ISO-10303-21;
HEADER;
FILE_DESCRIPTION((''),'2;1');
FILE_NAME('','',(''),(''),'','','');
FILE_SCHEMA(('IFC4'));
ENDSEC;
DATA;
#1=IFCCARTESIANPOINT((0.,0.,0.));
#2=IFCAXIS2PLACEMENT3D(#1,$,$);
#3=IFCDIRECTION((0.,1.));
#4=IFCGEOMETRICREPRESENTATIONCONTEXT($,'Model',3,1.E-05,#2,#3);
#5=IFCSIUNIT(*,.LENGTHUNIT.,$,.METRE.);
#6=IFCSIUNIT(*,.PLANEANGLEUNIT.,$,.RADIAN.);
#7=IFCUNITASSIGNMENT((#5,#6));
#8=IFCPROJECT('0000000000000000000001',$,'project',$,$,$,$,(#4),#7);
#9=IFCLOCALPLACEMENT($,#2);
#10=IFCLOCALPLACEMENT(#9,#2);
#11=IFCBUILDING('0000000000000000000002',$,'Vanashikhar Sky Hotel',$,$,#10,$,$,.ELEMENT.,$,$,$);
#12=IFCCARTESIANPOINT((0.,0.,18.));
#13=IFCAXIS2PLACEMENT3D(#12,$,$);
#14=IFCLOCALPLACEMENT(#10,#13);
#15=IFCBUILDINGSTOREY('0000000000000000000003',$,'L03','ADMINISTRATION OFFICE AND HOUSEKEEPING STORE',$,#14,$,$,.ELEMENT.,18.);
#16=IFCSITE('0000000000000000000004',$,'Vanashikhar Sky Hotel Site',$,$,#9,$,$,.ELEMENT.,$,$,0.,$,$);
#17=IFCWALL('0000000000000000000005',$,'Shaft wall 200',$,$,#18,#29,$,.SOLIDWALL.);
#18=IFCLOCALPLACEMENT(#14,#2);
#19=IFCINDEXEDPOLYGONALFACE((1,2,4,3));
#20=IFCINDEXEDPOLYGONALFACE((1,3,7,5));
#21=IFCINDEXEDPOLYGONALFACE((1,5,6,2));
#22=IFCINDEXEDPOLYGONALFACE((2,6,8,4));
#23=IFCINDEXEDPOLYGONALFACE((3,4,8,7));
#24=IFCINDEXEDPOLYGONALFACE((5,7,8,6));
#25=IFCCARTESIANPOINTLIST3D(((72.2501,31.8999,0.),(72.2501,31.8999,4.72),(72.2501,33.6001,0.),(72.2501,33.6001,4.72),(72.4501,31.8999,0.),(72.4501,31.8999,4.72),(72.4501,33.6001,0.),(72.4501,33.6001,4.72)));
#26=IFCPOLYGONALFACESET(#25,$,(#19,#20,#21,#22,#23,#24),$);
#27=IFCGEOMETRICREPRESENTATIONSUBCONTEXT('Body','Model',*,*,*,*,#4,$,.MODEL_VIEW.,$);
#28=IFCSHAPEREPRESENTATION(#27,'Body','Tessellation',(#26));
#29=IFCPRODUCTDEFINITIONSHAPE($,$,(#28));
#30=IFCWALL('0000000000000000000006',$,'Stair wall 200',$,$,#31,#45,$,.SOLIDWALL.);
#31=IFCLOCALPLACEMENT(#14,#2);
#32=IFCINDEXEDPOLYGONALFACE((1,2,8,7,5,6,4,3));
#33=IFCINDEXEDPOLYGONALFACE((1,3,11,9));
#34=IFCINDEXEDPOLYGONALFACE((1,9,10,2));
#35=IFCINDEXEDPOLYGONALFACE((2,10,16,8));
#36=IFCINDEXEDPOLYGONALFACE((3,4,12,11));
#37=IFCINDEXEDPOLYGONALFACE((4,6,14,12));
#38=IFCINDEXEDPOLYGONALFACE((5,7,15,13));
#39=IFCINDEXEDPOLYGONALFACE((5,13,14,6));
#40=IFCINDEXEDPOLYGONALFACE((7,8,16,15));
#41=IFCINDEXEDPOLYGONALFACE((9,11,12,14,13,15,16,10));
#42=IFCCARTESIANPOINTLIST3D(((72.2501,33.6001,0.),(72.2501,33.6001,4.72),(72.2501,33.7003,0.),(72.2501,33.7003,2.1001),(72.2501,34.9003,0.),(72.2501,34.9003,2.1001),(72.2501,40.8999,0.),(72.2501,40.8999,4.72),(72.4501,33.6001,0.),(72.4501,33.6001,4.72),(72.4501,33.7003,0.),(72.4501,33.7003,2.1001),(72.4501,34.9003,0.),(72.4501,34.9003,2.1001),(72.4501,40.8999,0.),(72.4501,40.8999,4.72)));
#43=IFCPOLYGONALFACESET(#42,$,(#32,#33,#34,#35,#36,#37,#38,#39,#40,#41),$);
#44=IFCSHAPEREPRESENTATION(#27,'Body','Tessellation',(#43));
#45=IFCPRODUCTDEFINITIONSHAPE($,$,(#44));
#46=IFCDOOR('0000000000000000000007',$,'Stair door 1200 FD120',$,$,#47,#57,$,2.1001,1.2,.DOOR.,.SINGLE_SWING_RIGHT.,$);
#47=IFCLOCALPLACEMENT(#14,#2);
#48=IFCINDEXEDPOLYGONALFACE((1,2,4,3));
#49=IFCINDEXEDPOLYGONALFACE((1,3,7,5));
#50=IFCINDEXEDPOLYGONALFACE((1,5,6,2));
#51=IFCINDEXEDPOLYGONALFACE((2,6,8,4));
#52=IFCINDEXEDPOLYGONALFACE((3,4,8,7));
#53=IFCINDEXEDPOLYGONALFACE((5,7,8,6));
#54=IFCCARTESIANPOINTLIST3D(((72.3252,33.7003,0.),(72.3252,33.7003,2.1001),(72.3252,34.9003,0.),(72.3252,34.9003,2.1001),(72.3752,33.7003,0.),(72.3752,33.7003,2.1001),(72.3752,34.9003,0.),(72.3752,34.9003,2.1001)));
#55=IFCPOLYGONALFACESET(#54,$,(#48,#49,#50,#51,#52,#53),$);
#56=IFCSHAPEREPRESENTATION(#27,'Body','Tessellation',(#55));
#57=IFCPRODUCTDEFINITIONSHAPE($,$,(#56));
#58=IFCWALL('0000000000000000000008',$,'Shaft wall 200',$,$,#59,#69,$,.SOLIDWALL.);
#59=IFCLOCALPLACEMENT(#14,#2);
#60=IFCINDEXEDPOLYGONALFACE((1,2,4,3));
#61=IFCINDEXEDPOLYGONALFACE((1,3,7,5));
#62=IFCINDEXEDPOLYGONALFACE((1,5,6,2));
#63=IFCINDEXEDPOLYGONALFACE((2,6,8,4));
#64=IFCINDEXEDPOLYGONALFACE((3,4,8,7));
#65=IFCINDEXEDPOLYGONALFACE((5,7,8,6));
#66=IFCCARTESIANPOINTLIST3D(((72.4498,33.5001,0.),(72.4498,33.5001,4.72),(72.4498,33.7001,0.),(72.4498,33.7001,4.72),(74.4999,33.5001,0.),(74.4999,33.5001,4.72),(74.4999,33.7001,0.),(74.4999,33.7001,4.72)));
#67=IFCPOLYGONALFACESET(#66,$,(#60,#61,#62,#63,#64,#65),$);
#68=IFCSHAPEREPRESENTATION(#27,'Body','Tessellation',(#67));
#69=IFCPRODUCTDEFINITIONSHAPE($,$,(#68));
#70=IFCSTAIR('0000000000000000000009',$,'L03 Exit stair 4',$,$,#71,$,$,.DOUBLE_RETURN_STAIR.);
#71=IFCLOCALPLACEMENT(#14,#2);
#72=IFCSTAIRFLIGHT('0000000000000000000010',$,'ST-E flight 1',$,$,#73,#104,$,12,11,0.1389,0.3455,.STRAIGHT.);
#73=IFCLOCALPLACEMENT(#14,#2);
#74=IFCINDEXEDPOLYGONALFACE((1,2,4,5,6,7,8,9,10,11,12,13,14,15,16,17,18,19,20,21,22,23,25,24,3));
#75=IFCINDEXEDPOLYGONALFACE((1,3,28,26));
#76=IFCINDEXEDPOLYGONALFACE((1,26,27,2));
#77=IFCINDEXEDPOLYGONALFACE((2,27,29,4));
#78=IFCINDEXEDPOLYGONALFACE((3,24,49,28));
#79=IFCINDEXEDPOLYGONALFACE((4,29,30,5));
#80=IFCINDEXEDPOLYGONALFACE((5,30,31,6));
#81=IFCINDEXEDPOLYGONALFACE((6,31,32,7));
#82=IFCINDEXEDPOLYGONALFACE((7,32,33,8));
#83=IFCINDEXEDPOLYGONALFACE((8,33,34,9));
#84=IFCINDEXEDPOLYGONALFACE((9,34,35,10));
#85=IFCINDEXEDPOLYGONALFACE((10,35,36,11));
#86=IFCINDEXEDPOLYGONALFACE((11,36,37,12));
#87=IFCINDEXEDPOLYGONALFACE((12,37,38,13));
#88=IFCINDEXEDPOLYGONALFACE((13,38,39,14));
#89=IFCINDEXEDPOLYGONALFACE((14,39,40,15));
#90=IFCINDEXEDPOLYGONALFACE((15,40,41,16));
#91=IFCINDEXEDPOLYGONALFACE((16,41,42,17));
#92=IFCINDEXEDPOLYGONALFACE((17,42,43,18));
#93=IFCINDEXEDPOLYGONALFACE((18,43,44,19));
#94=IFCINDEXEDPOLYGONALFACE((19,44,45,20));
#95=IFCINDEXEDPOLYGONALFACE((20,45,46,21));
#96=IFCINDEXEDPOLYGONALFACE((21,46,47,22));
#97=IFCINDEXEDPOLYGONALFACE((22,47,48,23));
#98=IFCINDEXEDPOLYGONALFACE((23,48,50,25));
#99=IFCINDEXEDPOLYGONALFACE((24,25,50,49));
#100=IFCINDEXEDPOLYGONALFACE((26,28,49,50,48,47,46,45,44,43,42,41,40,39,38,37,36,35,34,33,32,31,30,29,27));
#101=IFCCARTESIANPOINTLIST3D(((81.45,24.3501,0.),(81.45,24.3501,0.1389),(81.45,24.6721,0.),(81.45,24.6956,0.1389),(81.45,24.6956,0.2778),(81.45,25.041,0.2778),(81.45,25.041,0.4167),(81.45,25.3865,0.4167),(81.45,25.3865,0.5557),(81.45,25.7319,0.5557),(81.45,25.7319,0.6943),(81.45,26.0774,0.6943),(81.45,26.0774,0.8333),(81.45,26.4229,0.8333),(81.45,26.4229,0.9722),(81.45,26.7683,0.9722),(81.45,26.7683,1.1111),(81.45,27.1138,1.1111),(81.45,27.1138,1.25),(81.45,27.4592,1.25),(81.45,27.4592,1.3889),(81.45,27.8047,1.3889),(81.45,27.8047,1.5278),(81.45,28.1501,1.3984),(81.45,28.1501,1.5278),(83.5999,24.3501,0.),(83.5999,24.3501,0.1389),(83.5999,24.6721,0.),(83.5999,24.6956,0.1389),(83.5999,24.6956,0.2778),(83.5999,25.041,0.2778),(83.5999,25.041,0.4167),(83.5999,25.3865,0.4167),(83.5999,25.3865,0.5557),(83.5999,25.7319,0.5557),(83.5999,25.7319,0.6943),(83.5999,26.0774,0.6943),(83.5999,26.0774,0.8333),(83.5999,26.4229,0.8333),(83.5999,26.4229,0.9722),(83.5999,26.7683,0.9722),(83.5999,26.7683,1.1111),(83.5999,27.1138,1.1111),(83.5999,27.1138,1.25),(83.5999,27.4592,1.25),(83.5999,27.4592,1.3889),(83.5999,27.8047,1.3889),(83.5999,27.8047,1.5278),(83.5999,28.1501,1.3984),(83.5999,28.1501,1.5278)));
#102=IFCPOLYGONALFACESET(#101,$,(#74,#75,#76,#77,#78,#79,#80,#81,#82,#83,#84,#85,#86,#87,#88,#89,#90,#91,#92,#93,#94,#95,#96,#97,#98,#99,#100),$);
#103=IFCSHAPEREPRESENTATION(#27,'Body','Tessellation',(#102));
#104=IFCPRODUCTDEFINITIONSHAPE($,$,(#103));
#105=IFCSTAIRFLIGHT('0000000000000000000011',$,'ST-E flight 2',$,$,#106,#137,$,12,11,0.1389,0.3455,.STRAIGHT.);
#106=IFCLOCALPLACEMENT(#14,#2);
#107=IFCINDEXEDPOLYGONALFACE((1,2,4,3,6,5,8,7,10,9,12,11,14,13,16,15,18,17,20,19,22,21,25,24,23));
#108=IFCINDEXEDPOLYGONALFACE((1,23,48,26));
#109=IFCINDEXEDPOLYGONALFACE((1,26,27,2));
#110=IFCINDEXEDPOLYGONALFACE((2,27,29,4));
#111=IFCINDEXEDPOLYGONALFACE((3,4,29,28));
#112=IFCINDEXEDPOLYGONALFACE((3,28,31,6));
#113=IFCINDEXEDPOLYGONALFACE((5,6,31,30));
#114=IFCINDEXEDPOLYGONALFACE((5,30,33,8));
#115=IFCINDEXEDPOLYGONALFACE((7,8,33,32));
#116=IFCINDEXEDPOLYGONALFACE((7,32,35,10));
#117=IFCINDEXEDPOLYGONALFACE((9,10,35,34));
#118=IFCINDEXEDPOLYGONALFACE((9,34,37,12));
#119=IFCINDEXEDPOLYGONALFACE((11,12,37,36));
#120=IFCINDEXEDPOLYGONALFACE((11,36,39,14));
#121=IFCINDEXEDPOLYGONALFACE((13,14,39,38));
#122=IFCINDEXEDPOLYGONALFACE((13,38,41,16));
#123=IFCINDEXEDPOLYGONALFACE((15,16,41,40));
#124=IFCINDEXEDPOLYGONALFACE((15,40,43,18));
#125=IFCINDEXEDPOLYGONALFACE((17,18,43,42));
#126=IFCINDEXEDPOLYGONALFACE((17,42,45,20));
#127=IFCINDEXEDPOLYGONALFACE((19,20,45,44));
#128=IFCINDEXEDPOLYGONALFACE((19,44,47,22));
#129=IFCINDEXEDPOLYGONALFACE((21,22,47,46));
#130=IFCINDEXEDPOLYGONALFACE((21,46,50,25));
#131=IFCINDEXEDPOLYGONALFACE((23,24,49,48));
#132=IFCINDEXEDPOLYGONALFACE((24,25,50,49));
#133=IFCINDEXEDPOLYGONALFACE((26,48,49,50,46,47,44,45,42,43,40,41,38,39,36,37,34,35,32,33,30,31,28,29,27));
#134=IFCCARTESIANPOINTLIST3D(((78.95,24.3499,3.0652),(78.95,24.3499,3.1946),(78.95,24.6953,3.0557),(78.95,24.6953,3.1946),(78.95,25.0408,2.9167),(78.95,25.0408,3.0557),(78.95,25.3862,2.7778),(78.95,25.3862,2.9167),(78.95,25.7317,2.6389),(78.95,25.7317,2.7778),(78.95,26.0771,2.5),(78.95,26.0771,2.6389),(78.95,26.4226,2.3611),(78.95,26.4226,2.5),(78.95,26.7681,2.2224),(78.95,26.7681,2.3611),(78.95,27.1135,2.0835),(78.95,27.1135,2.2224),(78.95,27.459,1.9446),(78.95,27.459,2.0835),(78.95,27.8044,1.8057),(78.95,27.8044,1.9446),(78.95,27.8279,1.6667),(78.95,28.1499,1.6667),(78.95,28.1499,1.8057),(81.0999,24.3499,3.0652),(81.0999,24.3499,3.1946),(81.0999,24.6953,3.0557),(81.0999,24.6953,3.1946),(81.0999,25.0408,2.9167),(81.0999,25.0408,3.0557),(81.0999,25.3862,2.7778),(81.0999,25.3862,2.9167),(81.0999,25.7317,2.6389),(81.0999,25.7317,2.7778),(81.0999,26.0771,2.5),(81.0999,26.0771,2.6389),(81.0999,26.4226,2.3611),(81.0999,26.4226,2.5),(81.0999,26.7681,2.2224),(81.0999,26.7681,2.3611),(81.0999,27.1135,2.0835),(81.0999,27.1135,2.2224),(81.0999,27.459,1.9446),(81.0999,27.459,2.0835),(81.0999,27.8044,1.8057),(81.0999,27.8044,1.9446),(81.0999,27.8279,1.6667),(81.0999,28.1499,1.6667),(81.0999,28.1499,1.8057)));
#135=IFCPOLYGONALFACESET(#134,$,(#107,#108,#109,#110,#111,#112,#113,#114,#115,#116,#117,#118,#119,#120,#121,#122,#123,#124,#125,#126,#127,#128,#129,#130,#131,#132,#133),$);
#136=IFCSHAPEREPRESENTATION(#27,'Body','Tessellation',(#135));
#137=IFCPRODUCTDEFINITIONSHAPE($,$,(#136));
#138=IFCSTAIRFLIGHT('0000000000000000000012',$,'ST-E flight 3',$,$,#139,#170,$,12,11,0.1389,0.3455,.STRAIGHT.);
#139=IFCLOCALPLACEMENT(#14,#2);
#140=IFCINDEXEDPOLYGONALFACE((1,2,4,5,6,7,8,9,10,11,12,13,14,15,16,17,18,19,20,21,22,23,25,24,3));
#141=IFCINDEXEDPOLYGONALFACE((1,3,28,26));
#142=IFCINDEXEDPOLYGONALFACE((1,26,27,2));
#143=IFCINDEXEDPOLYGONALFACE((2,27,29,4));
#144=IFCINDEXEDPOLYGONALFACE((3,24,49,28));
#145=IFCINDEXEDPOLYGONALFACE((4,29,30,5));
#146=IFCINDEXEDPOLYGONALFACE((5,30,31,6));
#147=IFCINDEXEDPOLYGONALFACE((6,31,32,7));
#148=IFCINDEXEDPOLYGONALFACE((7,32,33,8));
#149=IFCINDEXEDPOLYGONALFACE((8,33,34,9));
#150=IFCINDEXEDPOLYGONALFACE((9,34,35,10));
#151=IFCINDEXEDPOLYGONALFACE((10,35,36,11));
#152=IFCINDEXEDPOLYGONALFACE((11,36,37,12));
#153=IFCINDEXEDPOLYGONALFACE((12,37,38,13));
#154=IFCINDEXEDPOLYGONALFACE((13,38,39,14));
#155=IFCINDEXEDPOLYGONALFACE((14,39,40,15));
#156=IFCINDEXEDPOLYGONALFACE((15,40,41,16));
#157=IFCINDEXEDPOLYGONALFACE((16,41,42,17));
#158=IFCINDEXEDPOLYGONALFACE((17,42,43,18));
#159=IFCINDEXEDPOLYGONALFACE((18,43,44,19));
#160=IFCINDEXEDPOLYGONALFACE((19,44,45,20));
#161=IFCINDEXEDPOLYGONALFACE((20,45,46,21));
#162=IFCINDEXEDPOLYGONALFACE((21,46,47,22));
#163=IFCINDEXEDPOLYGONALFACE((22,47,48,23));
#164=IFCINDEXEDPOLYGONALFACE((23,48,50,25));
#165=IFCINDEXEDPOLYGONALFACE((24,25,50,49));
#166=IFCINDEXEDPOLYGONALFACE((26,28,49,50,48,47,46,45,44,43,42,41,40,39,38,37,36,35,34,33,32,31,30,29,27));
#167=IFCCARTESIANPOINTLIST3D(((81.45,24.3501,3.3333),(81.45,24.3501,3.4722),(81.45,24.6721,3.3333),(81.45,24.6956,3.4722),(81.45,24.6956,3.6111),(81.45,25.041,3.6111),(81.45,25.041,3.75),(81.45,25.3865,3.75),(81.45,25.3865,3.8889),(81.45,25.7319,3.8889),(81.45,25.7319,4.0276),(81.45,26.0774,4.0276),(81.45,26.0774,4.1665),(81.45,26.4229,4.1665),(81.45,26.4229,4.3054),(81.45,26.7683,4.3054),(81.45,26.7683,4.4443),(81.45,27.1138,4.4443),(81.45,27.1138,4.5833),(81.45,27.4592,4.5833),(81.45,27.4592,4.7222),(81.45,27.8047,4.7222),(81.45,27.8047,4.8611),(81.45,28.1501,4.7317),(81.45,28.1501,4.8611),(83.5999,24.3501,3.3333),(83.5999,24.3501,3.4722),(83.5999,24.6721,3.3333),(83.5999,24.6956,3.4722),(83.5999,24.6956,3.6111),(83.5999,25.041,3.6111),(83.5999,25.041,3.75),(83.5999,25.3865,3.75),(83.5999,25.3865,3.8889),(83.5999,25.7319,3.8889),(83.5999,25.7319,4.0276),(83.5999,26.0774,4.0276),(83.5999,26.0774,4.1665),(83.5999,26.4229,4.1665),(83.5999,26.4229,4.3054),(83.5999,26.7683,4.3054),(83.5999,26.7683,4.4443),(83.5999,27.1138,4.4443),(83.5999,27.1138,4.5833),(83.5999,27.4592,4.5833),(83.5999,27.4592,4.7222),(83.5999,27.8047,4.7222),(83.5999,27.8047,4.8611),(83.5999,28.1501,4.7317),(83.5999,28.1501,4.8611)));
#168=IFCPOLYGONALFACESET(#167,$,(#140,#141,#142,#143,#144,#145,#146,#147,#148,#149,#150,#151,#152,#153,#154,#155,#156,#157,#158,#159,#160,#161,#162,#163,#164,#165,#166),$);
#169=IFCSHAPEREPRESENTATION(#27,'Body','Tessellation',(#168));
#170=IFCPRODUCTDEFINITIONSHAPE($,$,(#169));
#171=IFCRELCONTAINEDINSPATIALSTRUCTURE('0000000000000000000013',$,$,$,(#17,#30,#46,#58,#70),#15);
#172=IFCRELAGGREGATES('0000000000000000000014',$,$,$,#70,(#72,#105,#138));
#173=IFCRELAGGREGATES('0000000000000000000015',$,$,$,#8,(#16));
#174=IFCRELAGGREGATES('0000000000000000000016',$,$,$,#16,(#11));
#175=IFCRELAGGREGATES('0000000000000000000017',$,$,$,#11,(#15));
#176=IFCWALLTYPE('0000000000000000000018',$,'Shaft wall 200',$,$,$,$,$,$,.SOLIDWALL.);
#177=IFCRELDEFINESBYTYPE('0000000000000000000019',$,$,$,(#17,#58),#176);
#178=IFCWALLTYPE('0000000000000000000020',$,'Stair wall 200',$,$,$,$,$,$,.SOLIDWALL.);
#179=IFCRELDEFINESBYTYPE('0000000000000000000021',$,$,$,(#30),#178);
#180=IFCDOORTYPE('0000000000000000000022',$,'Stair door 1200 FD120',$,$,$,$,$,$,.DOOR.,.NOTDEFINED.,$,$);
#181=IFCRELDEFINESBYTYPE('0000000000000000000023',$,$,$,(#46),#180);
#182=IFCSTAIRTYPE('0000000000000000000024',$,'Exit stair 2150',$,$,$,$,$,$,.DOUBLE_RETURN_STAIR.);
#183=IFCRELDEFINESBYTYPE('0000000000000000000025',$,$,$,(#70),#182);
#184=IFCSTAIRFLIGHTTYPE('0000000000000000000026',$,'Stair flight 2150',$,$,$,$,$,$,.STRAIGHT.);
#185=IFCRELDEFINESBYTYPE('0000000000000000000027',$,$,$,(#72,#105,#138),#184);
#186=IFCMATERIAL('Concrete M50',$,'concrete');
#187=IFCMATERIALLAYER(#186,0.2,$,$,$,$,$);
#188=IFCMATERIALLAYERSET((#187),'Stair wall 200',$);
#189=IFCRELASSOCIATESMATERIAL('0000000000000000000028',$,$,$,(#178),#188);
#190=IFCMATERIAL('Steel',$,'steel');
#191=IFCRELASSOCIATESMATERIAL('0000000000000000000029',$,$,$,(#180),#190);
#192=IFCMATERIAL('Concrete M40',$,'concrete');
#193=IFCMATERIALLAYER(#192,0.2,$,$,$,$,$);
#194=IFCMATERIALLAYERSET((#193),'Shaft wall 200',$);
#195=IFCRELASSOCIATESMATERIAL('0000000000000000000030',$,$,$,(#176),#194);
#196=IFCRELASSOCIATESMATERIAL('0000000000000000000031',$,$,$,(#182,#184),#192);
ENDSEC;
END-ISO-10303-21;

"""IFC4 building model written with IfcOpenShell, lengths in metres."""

from ifc_helpers import new_model, si_unit, direction, frame, frame_2d, origin, place, context, subcontext, project, spatial, polyline, rectangle, outline, extrude, source, transform, mapped, material, layer, layer_set, type_object, element, fill, aggregate, save


model = new_model("IFC4")

# Units and contexts
model_context = context("Model", 3, precision=1e-05, world=origin(), true_north=direction((0.0, 1.0)))
body_context = subcontext(model_context, "Body", "Model", "MODEL_VIEW")
ifc_project = project(units=[si_unit("LENGTHUNIT", "METRE"), si_unit("PLANEANGLEUNIT", "RADIAN")], contexts=[model_context])

# Site, building, storey
site_placement = place(None, origin())
site = spatial("IfcSite", under=ifc_project, at=site_placement, Name="Vanashikhar Sky Hotel Site", CompositionType="ELEMENT", RefElevation=0.0)
building_placement = place(site_placement, origin())
building = spatial("IfcBuilding", under=site, at=building_placement, Name="Vanashikhar Sky Hotel", CompositionType="ELEMENT")
storey_placement = place(building_placement, frame((0.0, 0.0, 18.0)))
storey = spatial("IfcBuildingStorey", under=building, at=storey_placement, Name="L03", Description="ADMINISTRATION OFFICE AND HOUSEKEEPING STORE", CompositionType="ELEMENT", Elevation=18.0)

# Shared definitions
ifc_material_1 = material(Name="Concrete M50", Category="concrete")

# Shared definitions
ifc_material_2 = material(Name="Steel", Category="steel")
shared_shape_1 = source(origin(), body_context, "Body", "SweptSolid", [
    extrude(rectangle(XDim=1.2, YDim=2.1001, at=frame_2d((0.6001, 1.05))), frame((0.0, 0.0249, 0.0), z_axis=(0.0, -1.0, 0.0), x_axis=(1.0, 0.0, 0.0)), (0.0, 0.0, 1.0), 0.05),
])

# Shared definitions
ifc_layer_1 = layer(ifc_material_1, 0.2)
ifc_layer_set_1 = layer_set([ifc_layer_1], Name="Stair wall 200")
wall_type_1 = type_object("IfcWallType", Name="Stair wall 200", PredefinedType="SOLIDWALL", material=ifc_layer_set_1)
shared_shape_2 = source(origin(), body_context, "Body", "SweptSolid", [
    extrude(rectangle(XDim=1.2, YDim=2.1001, at=frame_2d((0.6001, 1.05))), frame((0.0, 0.1099, 0.0), z_axis=(0.0, -1.0, 0.0), x_axis=(1.0, 0.0, 0.0)), (0.0, 0.0, 1.0), 0.22),
])
door_type_1 = type_object("IfcDoorType", Name="Stair door 1200 FD120", OperationType="NOTDEFINED", PredefinedType="DOOR", material=ifc_material_2)

# Wall
ifc_material_3 = material(Name="Concrete M40", Category="concrete")
ifc_layer_2 = layer(ifc_material_3, 0.2)
ifc_layer_set_2 = layer_set([ifc_layer_2], Name="Shaft wall 200")
wall_type_2 = type_object("IfcWallType", Name="Shaft wall 200", PredefinedType="SOLIDWALL", material=ifc_layer_set_2)
shared_shape_3 = source(origin(), body_context, "Body", "SweptSolid", [
    extrude(rectangle(XDim=1.7002, YDim=0.2, at=frame_2d((0.8501, 0.0))), origin(), (0.0, 0.0, 1.0), 4.72),
])
wall_1_placement = place(storey_placement, frame((72.3501, 31.8999, 0.0), z_axis=(0.0, 0.0, 1.0), x_axis=(0.0, 1.0, 0.0)))
element("IfcWall", 1, at=wall_1_placement, inside=storey, type_object=wall_type_2, Name="Shaft wall 200", PredefinedType="SOLIDWALL", context=body_context, shape_type="MappedRepresentation", body=[
    mapped(shared_shape_3, transform((0.0, 0.0, 0.0), scale=1.0)),
])

# Wall, opening, door
shared_shape_4 = source(origin(), body_context, "Body", "SweptSolid", [
    extrude(rectangle(XDim=7.2998, YDim=0.2, at=frame_2d((3.6499, 0.0))), origin(), (0.0, 0.0, 1.0), 4.72),
])
wall_2_placement = place(storey_placement, frame((72.3501, 33.6001, 0.0), z_axis=(0.0, 0.0, 1.0), x_axis=(0.0, 1.0, 0.0)))
wall_2 = element("IfcWall", 2, at=wall_2_placement, inside=storey, type_object=wall_type_1, Name="Stair wall 200", PredefinedType="SOLIDWALL", context=body_context, shape_type="MappedRepresentation", body=[
    mapped(shared_shape_4, transform((0.0, 0.0, 0.0), scale=1.0)),
])
opening_1_placement = place(wall_2_placement, frame((0.1001, 0.0, 0.0)))
opening_1 = element("IfcOpeningElement", 3, at=opening_1_placement, cuts=wall_2, PredefinedType="OPENING", context=body_context, shape_type="MappedRepresentation", body=[
    mapped(shared_shape_2, transform((0.0, 0.0, 0.0), scale=1.0)),
])
door_1_placement = place(opening_1_placement, origin())
door_1 = element("IfcDoor", 4, at=door_1_placement, inside=storey, type_object=door_type_1, Name="Stair door 1200 FD120", OperationType="SINGLE_SWING_RIGHT", OverallHeight=2.1001, OverallWidth=1.2, PredefinedType="DOOR", context=body_context, shape_type="MappedRepresentation", body=[
    mapped(shared_shape_1, transform((0.0, 0.0, 0.0), scale=1.0)),
])
fill(opening_1, door_1)

# Wall
shared_shape_5 = source(origin(), body_context, "Body", "SweptSolid", [
    extrude(rectangle(XDim=2.05, YDim=0.2, at=frame_2d((1.0249, 0.0))), origin(), (0.0, 0.0, 1.0), 4.72),
])
wall_3_placement = place(storey_placement, frame((72.45, 33.6001, 0.0), z_axis=(0.0, 0.0, 1.0), x_axis=(1.0, 0.0, 0.0)))
element("IfcWall", 5, at=wall_3_placement, inside=storey, type_object=wall_type_2, Name="Shaft wall 200", PredefinedType="SOLIDWALL", context=body_context, shape_type="MappedRepresentation", body=[
    mapped(shared_shape_5, transform((0.0, 0.0, 0.0), scale=1.0)),
])

# Stair, stair flights
stair_type = type_object("IfcStairType", Name="Exit stair 2150", PredefinedType="DOUBLE_RETURN_STAIR", material=ifc_material_3)
stair_placement = place(storey_placement, origin())
stair = element("IfcStair", 6, at=stair_placement, inside=storey, type_object=stair_type, Name="L03 Exit stair 4", PredefinedType="DOUBLE_RETURN_STAIR")
stair_flight_type = type_object("IfcStairFlightType", Name="Stair flight 2150", PredefinedType="STRAIGHT", material=ifc_material_3)
shared_shape_6 = source(origin(), body_context, "Body", "SweptSolid", [
    extrude(outline(polyline([(0.0, 0.0), (0.0, 0.1389), (0.3455, 0.1389), (0.3455, 0.2778), (0.6909, 0.2778), (0.6909, 0.4167), (1.0364, 0.4167), (1.0364, 0.5557), (1.3818, 0.5557), (1.3818, 0.6943), (1.7273, 0.6943), (1.7273, 0.8333), (2.0728, 0.8333), (2.0728, 0.9722), (2.4182, 0.9722), (2.4182, 1.1111), (2.7637, 1.1111), (2.7637, 1.25), (3.1091, 1.25), (3.1091, 1.3889), (3.4546, 1.3889), (3.4546, 1.5278), (3.8, 1.5278), (3.8, 1.6667), (3.8, 1.3984), (0.322, 0.0), (0.0, 0.0)])), frame((0.0, 1.075, 0.0), z_axis=(0.0, -1.0, 0.0), x_axis=(1.0, 0.0, 0.0)), (0.0, 0.0, 1.0), 2.1499),
])
stair_flight_1_placement = place(storey_placement, frame((82.5249, 24.3501, 0.0), z_axis=(0.0, 0.0, 1.0), x_axis=(0.0, 1.0, 0.0)))
stair_flight_1 = element("IfcStairFlight", 7, at=stair_flight_1_placement, type_object=stair_flight_type, Name="ST-E flight 1", NumberOfRisers=12, NumberOfTreads=11, PredefinedType="STRAIGHT", RiserHeight=0.1389, TreadLength=0.3455, context=body_context, shape_type="MappedRepresentation", body=[
    mapped(shared_shape_6, transform((0.0, 0.0, 0.0), scale=1.0)),
])
stair_flight_2_placement = place(storey_placement, frame((80.0249, 28.1499, 1.6667), z_axis=(0.0, 0.0, 1.0), x_axis=(0.0, -1.0, 0.0)))
stair_flight_2 = element("IfcStairFlight", 8, at=stair_flight_2_placement, type_object=stair_flight_type, Name="ST-E flight 2", NumberOfRisers=12, NumberOfTreads=11, PredefinedType="STRAIGHT", RiserHeight=0.1389, TreadLength=0.3455, context=body_context, shape_type="MappedRepresentation", body=[
    mapped(shared_shape_6, transform((0.0, 0.0, 0.0), scale=1.0)),
])
stair_flight_3_placement = place(storey_placement, frame((82.5249, 24.3501, 3.3333), z_axis=(0.0, 0.0, 1.0), x_axis=(0.0, 1.0, 0.0)))
stair_flight_3 = element("IfcStairFlight", 9, at=stair_flight_3_placement, type_object=stair_flight_type, Name="ST-E flight 3", NumberOfRisers=12, NumberOfTreads=11, PredefinedType="STRAIGHT", RiserHeight=0.1389, TreadLength=0.3455, context=body_context, shape_type="MappedRepresentation", body=[
    mapped(shared_shape_6, transform((0.0, 0.0, 0.0), scale=1.0)),
])
aggregate(stair, [stair_flight_1, stair_flight_2, stair_flight_3])

save(model, "model.ifc")
